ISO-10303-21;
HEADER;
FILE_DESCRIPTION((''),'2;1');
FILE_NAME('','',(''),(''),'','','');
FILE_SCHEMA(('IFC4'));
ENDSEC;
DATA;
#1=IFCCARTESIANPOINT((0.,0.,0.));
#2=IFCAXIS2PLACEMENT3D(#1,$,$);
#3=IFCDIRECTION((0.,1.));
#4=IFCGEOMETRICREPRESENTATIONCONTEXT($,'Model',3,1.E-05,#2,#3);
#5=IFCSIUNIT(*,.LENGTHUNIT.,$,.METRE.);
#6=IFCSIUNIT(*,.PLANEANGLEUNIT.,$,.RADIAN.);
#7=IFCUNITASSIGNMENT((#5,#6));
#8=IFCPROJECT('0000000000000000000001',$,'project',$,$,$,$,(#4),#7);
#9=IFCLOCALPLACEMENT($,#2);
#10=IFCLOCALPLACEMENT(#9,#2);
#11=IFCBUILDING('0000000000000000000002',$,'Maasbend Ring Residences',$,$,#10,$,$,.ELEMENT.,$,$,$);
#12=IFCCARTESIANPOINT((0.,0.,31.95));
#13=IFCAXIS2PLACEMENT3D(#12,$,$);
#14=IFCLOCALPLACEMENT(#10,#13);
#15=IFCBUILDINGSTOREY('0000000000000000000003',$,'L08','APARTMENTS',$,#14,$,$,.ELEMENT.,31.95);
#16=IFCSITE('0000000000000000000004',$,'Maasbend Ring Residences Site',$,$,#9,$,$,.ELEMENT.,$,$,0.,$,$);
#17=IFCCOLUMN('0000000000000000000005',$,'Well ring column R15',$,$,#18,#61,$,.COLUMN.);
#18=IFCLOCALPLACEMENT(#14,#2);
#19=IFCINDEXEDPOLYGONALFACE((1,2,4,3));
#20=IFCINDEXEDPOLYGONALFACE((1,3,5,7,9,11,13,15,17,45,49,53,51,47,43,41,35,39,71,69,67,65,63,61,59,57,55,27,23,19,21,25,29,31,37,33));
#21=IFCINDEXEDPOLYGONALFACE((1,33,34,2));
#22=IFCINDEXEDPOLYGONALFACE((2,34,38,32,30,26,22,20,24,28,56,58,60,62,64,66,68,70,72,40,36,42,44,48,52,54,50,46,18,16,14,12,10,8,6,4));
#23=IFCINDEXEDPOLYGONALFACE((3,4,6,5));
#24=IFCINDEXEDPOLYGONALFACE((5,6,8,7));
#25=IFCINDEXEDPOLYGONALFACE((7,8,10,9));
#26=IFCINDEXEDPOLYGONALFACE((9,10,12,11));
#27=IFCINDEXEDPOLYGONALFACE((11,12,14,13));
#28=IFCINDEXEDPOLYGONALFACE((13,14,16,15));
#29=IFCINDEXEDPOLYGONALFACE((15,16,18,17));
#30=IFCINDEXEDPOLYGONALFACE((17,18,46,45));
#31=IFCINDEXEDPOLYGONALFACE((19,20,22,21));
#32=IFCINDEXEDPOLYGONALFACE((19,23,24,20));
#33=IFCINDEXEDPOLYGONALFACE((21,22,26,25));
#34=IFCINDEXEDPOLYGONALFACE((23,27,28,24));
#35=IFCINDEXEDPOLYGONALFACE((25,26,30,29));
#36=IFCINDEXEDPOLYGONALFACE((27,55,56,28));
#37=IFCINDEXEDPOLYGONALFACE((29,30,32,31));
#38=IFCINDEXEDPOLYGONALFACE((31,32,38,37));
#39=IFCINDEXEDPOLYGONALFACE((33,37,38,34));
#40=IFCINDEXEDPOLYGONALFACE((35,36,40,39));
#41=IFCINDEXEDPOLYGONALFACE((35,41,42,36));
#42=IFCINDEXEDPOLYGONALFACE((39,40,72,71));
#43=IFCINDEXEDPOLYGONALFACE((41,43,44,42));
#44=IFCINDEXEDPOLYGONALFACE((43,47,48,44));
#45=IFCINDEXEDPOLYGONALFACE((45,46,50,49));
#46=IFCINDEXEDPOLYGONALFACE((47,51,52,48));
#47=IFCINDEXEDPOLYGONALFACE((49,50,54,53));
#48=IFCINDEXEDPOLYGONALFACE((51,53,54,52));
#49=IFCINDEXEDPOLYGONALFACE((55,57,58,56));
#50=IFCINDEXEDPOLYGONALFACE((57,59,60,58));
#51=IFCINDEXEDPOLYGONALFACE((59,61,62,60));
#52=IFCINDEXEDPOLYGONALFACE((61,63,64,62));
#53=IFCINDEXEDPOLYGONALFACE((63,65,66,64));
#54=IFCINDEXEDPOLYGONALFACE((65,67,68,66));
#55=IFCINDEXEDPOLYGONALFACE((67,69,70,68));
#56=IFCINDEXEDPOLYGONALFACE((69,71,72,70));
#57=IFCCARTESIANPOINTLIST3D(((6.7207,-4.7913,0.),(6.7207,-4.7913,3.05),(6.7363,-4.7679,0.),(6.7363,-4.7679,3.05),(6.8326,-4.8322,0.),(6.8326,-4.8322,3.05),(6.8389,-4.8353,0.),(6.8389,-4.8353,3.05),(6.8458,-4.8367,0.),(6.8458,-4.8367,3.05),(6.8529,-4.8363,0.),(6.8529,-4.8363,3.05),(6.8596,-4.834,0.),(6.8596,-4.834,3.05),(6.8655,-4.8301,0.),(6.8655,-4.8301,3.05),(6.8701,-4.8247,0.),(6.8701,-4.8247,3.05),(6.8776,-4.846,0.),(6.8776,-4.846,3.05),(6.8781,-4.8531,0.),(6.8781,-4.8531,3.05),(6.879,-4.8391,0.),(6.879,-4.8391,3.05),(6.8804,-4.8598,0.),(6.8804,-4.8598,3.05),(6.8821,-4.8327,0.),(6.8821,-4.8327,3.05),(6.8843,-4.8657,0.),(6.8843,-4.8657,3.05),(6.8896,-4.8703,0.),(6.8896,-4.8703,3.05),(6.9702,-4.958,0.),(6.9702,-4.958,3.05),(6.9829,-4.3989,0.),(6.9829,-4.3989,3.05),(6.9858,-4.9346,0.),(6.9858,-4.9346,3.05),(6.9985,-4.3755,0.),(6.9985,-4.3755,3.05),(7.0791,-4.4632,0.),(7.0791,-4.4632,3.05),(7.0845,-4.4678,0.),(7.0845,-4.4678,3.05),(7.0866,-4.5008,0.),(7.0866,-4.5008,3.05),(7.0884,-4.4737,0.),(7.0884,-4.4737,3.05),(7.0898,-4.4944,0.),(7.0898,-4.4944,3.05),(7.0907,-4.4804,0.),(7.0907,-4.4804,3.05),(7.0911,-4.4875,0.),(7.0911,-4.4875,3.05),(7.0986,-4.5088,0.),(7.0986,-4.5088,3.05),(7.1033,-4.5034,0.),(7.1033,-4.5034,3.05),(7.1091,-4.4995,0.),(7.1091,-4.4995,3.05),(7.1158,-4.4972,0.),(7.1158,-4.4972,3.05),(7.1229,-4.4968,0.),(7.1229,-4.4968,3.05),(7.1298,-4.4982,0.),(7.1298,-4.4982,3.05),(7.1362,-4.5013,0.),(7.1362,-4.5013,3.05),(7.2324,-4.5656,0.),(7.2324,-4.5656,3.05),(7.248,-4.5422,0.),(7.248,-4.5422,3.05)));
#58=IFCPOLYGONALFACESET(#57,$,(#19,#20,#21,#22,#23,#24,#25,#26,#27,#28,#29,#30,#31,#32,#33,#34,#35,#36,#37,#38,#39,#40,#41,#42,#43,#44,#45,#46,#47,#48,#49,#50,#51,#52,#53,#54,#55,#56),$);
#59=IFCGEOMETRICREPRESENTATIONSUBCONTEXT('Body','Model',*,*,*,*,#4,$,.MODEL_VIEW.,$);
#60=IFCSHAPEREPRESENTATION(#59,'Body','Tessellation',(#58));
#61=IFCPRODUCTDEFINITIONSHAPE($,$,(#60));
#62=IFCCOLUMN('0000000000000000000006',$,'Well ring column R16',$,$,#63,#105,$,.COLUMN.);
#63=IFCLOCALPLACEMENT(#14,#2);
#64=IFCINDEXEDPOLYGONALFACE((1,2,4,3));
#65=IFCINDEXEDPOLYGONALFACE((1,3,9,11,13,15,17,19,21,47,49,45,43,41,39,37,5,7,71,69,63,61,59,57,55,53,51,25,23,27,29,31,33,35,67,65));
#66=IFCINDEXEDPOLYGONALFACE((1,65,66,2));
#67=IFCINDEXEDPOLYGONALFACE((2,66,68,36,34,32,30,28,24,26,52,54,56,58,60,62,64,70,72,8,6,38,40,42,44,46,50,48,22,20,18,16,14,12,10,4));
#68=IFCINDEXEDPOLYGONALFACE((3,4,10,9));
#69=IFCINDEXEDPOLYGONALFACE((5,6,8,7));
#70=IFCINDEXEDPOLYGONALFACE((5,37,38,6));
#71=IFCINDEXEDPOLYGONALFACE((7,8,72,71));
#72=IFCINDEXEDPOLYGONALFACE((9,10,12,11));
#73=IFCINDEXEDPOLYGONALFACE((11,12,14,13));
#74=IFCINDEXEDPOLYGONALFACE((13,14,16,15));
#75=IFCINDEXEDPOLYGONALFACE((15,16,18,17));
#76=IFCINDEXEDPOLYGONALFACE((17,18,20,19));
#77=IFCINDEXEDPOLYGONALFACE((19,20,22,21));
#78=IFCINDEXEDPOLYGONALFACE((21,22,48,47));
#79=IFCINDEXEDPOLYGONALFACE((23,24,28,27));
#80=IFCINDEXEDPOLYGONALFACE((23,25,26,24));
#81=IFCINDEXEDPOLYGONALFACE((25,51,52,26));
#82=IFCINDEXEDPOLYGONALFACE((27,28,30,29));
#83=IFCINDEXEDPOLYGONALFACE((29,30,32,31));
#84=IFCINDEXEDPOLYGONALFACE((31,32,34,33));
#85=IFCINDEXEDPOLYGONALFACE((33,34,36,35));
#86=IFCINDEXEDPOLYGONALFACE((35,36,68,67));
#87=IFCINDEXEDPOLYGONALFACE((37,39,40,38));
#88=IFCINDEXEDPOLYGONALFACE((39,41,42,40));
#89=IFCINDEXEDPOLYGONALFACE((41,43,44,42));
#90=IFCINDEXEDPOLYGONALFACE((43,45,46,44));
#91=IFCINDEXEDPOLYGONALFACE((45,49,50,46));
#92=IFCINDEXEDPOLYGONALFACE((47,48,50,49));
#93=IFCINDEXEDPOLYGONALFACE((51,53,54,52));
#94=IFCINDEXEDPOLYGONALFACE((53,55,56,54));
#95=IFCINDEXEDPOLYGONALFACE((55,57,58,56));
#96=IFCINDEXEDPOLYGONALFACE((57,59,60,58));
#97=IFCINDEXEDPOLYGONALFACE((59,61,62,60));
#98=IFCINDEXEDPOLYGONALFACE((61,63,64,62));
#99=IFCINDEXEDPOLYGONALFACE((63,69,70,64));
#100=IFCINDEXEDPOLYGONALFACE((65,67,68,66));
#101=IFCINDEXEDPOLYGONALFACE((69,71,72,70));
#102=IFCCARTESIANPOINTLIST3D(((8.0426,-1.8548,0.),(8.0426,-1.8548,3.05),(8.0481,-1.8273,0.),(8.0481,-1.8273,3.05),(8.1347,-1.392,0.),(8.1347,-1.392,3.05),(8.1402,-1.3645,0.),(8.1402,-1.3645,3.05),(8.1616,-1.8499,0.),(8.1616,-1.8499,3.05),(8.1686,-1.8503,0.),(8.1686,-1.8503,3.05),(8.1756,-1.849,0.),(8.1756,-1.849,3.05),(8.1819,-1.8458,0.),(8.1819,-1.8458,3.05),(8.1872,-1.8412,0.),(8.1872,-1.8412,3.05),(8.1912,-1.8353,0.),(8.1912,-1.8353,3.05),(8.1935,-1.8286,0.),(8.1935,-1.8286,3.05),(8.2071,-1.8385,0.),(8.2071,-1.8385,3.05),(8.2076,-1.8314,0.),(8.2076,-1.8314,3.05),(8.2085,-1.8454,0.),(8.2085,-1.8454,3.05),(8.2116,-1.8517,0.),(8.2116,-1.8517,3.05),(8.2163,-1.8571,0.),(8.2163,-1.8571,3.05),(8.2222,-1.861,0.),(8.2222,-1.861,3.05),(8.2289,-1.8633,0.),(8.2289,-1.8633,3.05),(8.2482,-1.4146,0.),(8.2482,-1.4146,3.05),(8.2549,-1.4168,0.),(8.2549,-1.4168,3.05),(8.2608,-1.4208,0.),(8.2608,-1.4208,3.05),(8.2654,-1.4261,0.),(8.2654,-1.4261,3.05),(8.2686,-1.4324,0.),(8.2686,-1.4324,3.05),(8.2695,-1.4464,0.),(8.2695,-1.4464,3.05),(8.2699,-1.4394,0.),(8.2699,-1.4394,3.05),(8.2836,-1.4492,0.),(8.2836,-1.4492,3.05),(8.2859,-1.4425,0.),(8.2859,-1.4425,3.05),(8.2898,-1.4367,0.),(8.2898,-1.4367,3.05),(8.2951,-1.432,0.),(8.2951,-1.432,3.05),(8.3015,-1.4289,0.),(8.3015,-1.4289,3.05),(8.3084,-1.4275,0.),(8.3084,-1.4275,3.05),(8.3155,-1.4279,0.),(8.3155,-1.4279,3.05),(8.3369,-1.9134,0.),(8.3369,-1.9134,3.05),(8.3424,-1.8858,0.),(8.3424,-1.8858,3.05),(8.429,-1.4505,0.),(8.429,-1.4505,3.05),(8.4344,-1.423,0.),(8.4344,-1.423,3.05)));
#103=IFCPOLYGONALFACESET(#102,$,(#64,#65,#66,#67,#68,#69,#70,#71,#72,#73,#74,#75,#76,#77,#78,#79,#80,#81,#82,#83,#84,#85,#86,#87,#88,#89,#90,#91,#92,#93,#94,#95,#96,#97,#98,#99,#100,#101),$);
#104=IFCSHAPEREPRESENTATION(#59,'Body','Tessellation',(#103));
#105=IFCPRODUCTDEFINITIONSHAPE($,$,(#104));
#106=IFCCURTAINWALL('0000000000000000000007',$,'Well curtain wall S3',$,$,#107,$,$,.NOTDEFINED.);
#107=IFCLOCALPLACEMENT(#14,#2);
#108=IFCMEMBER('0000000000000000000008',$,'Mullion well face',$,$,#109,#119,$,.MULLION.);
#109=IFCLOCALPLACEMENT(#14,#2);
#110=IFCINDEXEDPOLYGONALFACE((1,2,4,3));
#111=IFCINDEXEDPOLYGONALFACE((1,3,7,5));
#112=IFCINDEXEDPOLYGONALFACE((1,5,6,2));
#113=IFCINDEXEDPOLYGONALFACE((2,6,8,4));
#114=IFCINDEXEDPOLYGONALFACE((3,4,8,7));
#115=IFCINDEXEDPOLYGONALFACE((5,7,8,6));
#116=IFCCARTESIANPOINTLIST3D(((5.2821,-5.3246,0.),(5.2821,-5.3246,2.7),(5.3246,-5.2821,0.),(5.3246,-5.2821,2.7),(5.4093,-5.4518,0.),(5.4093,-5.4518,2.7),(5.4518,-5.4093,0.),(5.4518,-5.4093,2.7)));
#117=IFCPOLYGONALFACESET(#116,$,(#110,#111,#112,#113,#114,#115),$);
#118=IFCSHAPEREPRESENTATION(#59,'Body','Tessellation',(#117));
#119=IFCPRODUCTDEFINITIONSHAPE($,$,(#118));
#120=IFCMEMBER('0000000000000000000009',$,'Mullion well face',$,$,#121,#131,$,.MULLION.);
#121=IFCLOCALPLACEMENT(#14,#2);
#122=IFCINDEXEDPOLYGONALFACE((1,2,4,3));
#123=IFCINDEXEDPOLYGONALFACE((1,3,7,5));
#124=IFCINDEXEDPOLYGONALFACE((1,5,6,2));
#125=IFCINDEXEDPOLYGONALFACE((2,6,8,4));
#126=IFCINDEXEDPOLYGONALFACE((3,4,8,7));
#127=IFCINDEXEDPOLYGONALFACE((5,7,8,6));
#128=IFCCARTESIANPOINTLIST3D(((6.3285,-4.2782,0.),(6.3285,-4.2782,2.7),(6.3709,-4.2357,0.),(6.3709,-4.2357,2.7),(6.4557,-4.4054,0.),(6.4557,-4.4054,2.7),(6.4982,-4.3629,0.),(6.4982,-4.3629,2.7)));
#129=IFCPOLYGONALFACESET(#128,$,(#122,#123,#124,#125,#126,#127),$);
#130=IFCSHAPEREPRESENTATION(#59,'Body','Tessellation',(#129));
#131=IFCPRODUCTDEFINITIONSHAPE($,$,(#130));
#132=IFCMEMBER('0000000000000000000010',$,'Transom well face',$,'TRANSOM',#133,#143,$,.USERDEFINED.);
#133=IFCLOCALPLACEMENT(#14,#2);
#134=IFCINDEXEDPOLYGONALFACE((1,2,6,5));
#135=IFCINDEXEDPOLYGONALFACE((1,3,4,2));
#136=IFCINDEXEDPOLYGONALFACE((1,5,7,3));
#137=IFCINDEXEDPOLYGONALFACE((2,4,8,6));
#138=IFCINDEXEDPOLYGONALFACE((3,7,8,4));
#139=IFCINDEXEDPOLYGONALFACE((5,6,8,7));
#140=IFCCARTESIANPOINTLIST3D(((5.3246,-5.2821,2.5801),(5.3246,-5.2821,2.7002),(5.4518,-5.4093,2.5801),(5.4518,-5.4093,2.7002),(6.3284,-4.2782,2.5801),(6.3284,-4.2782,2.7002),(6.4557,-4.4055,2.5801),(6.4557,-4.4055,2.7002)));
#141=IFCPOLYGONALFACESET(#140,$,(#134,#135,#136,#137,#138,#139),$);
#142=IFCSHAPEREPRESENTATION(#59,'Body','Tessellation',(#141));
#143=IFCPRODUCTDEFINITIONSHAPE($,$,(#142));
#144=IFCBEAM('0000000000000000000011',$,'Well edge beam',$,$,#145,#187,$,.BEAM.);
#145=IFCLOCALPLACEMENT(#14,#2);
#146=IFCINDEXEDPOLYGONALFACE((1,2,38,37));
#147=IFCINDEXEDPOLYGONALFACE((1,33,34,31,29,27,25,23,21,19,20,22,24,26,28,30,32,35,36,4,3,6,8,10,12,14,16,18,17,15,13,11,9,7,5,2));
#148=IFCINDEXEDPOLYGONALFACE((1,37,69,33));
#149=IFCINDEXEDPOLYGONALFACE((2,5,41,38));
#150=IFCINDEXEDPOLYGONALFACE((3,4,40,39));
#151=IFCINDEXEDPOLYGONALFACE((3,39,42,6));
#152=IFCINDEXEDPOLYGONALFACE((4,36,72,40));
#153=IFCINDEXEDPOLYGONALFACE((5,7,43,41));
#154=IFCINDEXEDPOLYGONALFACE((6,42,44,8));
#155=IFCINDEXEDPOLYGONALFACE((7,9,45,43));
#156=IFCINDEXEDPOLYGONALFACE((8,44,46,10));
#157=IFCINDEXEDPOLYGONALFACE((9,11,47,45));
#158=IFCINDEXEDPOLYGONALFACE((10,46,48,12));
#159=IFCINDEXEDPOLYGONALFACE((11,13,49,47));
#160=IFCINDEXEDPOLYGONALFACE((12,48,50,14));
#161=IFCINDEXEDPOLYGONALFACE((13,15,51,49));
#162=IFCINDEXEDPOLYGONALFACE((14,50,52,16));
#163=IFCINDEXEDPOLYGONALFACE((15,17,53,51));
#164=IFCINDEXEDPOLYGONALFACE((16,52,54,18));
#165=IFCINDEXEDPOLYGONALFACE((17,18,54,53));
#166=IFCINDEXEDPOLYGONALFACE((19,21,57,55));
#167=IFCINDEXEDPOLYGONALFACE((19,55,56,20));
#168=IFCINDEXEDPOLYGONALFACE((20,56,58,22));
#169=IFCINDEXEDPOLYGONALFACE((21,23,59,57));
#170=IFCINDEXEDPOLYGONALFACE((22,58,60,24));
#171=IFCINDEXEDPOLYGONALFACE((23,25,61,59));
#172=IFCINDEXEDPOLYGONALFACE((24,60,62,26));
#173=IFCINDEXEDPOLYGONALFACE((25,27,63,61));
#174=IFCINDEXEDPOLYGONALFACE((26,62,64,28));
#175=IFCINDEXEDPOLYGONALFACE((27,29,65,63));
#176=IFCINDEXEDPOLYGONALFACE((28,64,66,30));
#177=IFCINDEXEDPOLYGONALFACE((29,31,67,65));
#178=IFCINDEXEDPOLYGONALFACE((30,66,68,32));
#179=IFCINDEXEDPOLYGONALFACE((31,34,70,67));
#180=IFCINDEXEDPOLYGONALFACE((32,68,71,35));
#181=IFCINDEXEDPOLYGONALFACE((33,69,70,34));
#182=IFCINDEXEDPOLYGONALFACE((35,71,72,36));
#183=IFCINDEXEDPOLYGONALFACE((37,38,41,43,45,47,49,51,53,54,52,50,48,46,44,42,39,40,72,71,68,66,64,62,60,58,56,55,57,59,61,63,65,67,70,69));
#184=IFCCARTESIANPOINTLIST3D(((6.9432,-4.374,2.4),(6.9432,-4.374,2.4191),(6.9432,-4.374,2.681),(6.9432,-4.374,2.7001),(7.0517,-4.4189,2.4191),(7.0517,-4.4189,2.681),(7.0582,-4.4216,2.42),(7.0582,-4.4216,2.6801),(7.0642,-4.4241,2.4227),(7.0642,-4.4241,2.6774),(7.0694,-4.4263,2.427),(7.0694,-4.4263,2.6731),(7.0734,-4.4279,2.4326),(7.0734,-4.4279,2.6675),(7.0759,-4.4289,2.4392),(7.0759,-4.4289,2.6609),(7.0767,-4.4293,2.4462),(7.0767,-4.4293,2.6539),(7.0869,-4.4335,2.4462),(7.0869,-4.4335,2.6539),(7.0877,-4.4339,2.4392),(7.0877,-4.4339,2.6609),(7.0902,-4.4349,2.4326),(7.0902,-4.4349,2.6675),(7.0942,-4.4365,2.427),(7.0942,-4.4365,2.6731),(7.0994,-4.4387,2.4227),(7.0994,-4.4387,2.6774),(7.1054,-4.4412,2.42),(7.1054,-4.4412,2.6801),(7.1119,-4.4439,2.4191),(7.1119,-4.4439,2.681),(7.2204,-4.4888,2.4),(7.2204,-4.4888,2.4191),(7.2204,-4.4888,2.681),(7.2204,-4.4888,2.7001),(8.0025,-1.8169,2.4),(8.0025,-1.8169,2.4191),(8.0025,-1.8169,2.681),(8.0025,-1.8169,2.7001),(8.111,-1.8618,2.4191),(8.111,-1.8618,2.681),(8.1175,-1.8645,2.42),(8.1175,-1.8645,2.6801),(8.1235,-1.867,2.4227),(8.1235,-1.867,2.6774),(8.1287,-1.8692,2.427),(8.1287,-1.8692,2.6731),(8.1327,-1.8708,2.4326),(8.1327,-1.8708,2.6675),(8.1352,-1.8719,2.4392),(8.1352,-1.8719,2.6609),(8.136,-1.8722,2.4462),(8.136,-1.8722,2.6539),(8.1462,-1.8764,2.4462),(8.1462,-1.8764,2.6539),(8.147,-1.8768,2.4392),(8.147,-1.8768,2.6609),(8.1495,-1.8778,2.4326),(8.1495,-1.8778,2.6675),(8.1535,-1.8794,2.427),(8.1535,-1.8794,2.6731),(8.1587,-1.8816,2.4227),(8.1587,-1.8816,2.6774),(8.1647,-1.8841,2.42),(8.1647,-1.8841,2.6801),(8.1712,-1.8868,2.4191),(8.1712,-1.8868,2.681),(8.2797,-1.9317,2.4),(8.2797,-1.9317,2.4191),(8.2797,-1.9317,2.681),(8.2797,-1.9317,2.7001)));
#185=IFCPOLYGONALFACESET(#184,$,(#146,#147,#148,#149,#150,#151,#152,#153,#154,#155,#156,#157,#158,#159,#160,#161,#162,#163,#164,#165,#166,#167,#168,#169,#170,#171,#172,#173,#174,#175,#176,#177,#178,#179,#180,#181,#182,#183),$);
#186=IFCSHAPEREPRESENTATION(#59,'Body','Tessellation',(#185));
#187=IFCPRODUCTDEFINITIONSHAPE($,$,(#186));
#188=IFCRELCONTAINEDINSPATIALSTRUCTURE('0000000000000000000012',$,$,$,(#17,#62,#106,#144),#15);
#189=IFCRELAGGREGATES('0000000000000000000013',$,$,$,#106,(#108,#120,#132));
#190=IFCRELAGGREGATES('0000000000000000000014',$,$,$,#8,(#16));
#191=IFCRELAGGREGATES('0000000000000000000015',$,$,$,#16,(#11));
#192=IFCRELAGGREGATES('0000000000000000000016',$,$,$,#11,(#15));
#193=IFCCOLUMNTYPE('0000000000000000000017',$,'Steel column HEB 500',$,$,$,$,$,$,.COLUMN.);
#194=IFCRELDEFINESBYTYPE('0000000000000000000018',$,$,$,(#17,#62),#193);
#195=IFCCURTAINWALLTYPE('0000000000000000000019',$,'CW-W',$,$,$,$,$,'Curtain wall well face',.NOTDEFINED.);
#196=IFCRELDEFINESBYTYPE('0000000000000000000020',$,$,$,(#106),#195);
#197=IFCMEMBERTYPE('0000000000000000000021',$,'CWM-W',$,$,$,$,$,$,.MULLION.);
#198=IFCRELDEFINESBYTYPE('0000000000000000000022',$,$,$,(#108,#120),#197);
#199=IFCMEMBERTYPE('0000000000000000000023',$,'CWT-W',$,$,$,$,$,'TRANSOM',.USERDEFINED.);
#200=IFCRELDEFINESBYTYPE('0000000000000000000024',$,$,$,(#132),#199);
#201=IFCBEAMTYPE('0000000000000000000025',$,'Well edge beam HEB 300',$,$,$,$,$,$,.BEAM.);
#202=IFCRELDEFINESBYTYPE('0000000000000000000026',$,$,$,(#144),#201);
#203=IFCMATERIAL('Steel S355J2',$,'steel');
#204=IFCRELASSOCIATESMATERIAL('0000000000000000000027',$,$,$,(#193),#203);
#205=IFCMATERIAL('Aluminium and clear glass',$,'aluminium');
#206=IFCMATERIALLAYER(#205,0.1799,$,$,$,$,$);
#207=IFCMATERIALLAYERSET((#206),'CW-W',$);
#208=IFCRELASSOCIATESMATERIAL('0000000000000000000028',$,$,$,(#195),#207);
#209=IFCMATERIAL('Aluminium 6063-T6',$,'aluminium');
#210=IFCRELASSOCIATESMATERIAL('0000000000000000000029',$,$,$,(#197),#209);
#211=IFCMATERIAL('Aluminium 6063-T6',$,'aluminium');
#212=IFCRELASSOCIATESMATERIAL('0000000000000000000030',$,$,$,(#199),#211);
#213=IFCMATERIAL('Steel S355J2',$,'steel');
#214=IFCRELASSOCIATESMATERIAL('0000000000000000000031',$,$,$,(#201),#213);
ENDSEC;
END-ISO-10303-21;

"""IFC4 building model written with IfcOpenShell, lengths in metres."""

from ifc_helpers import new_model, si_unit, direction, frame, origin, origin_2d, place, context, subcontext, project, spatial, rectangle, i_section, extrude, material, layer, layer_set, material_profile, profile_set, type_object, element, aggregate, save


model = new_model("IFC4")

# Units and contexts
model_context = context("Model", 3, precision=1e-05, world=origin(), true_north=direction((0.0, 1.0)))
body_context = subcontext(model_context, "Body", "Model", "MODEL_VIEW")
ifc_project = project(units=[si_unit("LENGTHUNIT", "METRE"), si_unit("PLANEANGLEUNIT", "RADIAN")], contexts=[model_context])

# Site, building, storey
site_placement = place(None, origin())
site = spatial("IfcSite", under=ifc_project, at=site_placement, Name="Maasbend Ring Residences Site", CompositionType="ELEMENT", RefElevation=0.0)
building_placement = place(site_placement, origin())
building = spatial("IfcBuilding", under=site, at=building_placement, Name="Maasbend Ring Residences", CompositionType="ELEMENT")
storey_placement = place(building_placement, frame((0.0, 0.0, 31.95)))
storey = spatial("IfcBuildingStorey", under=building, at=storey_placement, Name="L08", Description="APARTMENTS", CompositionType="ELEMENT", Elevation=31.95)

# Columns
ifc_material_1 = material(Name="Steel S355J2", Category="steel")
ifc_material_profile_1 = material_profile(ifc_material_1, i_section(OverallWidth=0.3, OverallDepth=0.5, WebThickness=0.0144, FlangeThickness=0.0281, FilletRadius=0.0271, at=origin_2d()), Name="HEB 500")
ifc_profile_set_1 = profile_set([ifc_material_profile_1], Name="Steel S355J2")
column_type = type_object("IfcColumnType", Name="Steel column HEB 500", PredefinedType="COLUMN", material=ifc_profile_set_1)
for number, where, z_axis, x_axis, name in (
    (1, (6.9844, -4.6667, 0.0), (0.0, 0.0, 1.0), (0.83147, -0.55557, 0.0), "Well ring column R15"),
    (2, (8.2385, -1.6389, 0.0), (0.0, 0.0, 1.0), (0.980785, -0.19509, 0.0), "Well ring column R16"),
):
    element("IfcColumn", number, at=place(storey_placement, frame(where, z_axis=z_axis, x_axis=x_axis)), inside=storey, type_object=column_type, Name=name, PredefinedType="COLUMN", context=body_context, shape_type="SweptSolid", body=[
        extrude(i_section(OverallWidth=0.3, OverallDepth=0.5, WebThickness=0.0144, FlangeThickness=0.0281, FilletRadius=0.0271, at=origin_2d()), origin(), (0.0, 0.0, 1.0), 3.05),
    ])

# Curtain wall, members
ifc_material_2 = material(Name="Aluminium and clear glass", Category="aluminium")
ifc_layer_1 = layer(ifc_material_2, 0.1799)
ifc_layer_set_1 = layer_set([ifc_layer_1], Name="CW-W")
curtain_wall_type = type_object("IfcCurtainWallType", Name="CW-W", ElementType="Curtain wall well face", PredefinedType="NOTDEFINED", material=ifc_layer_set_1)
curtain_wall_placement = place(storey_placement, origin())
curtain_wall = element("IfcCurtainWall", 3, at=curtain_wall_placement, inside=storey, type_object=curtain_wall_type, Name="Well curtain wall S3", PredefinedType="NOTDEFINED")
ifc_material_3 = material(Name="Aluminium 6063-T6", Category="aluminium")
ifc_material_profile_2 = material_profile(ifc_material_3, rectangle(XDim=0.1799, YDim=0.0601, at=origin_2d()), Name="AL 180x60")
ifc_profile_set_2 = profile_set([ifc_material_profile_2], Name="Aluminium 6063-T6")
member_type_1 = type_object("IfcMemberType", Name="CWM-W", PredefinedType="MULLION", material=ifc_profile_set_2)
member_1_placement = place(storey_placement, frame((5.3669, -5.3669, 0.0), z_axis=(0.0, 0.0, 1.0), x_axis=(-0.707107, 0.707107, 0.0)))
member_1 = element("IfcMember", 4, at=member_1_placement, type_object=member_type_1, Name="Mullion well face", PredefinedType="MULLION", context=body_context, shape_type="SweptSolid", body=[
    extrude(rectangle(XDim=0.1799, YDim=0.0601, at=origin_2d()), origin(), (0.0, 0.0, 1.0), 2.7),
])
member_2_placement = place(storey_placement, frame((6.4133, -4.3206, 0.0), z_axis=(0.0, 0.0, 1.0), x_axis=(-0.707107, 0.707107, 0.0)))
member_2 = element("IfcMember", 5, at=member_2_placement, type_object=member_type_1, Name="Mullion well face", PredefinedType="MULLION", context=body_context, shape_type="SweptSolid", body=[
    extrude(rectangle(XDim=0.1799, YDim=0.0601, at=origin_2d()), origin(), (0.0, 0.0, 1.0), 2.7),
])
ifc_material_4 = material(Name="Aluminium 6063-T6", Category="aluminium")
ifc_material_profile_3 = material_profile(ifc_material_4, rectangle(XDim=0.1799, YDim=0.1201, at=origin_2d()), Name="AL 180x120")
ifc_profile_set_3 = profile_set([ifc_material_profile_3], Name="Aluminium 6063-T6")
member_type_2 = type_object("IfcMemberType", Name="CWT-W", ElementType="TRANSOM", PredefinedType="USERDEFINED", material=ifc_profile_set_3)
member_3_placement = place(storey_placement, frame((5.3882, -5.3457, 2.6401), z_axis=(0.707107, 0.707107, 0.0), x_axis=(-0.707107, 0.707107, 0.0)))
member_3 = element("IfcMember", 6, at=member_3_placement, type_object=member_type_2, Name="Transom well face", ObjectType="TRANSOM", PredefinedType="USERDEFINED", context=body_context, shape_type="SweptSolid", body=[
    extrude(rectangle(XDim=0.1799, YDim=0.1201, at=origin_2d()), origin(), (0.0, 0.0, 1.0), 1.4197),
])

# Beam
ifc_material_5 = material(Name="Steel S355J2", Category="steel")
ifc_material_profile_4 = material_profile(ifc_material_5, i_section(OverallWidth=0.3, OverallDepth=0.3, WebThickness=0.011, FlangeThickness=0.019, FilletRadius=0.0271, at=origin_2d()), Name="HEB 300")
ifc_profile_set_4 = profile_set([ifc_material_profile_4], Name="Steel S355J2")
beam_type = type_object("IfcBeamType", Name="Well edge beam HEB 300", PredefinedType="BEAM", material=ifc_profile_set_4)
beam_1_placement = place(storey_placement, frame((7.0818, -4.4314, 2.55), z_axis=(0.382723, 0.923863, 0.0), x_axis=(-0.923863, 0.382723, 0.0)))
element("IfcBeam", 7, at=beam_1_placement, inside=storey, type_object=beam_type, Name="Well edge beam", PredefinedType="BEAM", context=body_context, shape_type="SweptSolid", body=[
    extrude(i_section(OverallWidth=0.3, OverallDepth=0.3, WebThickness=0.011, FlangeThickness=0.019, FilletRadius=0.0271, at=origin_2d()), origin(), (0.0, 0.0, 1.0), 2.7678),
])

aggregate(curtain_wall, [member_1, member_2, member_3])

save(model, "model.ifc")
